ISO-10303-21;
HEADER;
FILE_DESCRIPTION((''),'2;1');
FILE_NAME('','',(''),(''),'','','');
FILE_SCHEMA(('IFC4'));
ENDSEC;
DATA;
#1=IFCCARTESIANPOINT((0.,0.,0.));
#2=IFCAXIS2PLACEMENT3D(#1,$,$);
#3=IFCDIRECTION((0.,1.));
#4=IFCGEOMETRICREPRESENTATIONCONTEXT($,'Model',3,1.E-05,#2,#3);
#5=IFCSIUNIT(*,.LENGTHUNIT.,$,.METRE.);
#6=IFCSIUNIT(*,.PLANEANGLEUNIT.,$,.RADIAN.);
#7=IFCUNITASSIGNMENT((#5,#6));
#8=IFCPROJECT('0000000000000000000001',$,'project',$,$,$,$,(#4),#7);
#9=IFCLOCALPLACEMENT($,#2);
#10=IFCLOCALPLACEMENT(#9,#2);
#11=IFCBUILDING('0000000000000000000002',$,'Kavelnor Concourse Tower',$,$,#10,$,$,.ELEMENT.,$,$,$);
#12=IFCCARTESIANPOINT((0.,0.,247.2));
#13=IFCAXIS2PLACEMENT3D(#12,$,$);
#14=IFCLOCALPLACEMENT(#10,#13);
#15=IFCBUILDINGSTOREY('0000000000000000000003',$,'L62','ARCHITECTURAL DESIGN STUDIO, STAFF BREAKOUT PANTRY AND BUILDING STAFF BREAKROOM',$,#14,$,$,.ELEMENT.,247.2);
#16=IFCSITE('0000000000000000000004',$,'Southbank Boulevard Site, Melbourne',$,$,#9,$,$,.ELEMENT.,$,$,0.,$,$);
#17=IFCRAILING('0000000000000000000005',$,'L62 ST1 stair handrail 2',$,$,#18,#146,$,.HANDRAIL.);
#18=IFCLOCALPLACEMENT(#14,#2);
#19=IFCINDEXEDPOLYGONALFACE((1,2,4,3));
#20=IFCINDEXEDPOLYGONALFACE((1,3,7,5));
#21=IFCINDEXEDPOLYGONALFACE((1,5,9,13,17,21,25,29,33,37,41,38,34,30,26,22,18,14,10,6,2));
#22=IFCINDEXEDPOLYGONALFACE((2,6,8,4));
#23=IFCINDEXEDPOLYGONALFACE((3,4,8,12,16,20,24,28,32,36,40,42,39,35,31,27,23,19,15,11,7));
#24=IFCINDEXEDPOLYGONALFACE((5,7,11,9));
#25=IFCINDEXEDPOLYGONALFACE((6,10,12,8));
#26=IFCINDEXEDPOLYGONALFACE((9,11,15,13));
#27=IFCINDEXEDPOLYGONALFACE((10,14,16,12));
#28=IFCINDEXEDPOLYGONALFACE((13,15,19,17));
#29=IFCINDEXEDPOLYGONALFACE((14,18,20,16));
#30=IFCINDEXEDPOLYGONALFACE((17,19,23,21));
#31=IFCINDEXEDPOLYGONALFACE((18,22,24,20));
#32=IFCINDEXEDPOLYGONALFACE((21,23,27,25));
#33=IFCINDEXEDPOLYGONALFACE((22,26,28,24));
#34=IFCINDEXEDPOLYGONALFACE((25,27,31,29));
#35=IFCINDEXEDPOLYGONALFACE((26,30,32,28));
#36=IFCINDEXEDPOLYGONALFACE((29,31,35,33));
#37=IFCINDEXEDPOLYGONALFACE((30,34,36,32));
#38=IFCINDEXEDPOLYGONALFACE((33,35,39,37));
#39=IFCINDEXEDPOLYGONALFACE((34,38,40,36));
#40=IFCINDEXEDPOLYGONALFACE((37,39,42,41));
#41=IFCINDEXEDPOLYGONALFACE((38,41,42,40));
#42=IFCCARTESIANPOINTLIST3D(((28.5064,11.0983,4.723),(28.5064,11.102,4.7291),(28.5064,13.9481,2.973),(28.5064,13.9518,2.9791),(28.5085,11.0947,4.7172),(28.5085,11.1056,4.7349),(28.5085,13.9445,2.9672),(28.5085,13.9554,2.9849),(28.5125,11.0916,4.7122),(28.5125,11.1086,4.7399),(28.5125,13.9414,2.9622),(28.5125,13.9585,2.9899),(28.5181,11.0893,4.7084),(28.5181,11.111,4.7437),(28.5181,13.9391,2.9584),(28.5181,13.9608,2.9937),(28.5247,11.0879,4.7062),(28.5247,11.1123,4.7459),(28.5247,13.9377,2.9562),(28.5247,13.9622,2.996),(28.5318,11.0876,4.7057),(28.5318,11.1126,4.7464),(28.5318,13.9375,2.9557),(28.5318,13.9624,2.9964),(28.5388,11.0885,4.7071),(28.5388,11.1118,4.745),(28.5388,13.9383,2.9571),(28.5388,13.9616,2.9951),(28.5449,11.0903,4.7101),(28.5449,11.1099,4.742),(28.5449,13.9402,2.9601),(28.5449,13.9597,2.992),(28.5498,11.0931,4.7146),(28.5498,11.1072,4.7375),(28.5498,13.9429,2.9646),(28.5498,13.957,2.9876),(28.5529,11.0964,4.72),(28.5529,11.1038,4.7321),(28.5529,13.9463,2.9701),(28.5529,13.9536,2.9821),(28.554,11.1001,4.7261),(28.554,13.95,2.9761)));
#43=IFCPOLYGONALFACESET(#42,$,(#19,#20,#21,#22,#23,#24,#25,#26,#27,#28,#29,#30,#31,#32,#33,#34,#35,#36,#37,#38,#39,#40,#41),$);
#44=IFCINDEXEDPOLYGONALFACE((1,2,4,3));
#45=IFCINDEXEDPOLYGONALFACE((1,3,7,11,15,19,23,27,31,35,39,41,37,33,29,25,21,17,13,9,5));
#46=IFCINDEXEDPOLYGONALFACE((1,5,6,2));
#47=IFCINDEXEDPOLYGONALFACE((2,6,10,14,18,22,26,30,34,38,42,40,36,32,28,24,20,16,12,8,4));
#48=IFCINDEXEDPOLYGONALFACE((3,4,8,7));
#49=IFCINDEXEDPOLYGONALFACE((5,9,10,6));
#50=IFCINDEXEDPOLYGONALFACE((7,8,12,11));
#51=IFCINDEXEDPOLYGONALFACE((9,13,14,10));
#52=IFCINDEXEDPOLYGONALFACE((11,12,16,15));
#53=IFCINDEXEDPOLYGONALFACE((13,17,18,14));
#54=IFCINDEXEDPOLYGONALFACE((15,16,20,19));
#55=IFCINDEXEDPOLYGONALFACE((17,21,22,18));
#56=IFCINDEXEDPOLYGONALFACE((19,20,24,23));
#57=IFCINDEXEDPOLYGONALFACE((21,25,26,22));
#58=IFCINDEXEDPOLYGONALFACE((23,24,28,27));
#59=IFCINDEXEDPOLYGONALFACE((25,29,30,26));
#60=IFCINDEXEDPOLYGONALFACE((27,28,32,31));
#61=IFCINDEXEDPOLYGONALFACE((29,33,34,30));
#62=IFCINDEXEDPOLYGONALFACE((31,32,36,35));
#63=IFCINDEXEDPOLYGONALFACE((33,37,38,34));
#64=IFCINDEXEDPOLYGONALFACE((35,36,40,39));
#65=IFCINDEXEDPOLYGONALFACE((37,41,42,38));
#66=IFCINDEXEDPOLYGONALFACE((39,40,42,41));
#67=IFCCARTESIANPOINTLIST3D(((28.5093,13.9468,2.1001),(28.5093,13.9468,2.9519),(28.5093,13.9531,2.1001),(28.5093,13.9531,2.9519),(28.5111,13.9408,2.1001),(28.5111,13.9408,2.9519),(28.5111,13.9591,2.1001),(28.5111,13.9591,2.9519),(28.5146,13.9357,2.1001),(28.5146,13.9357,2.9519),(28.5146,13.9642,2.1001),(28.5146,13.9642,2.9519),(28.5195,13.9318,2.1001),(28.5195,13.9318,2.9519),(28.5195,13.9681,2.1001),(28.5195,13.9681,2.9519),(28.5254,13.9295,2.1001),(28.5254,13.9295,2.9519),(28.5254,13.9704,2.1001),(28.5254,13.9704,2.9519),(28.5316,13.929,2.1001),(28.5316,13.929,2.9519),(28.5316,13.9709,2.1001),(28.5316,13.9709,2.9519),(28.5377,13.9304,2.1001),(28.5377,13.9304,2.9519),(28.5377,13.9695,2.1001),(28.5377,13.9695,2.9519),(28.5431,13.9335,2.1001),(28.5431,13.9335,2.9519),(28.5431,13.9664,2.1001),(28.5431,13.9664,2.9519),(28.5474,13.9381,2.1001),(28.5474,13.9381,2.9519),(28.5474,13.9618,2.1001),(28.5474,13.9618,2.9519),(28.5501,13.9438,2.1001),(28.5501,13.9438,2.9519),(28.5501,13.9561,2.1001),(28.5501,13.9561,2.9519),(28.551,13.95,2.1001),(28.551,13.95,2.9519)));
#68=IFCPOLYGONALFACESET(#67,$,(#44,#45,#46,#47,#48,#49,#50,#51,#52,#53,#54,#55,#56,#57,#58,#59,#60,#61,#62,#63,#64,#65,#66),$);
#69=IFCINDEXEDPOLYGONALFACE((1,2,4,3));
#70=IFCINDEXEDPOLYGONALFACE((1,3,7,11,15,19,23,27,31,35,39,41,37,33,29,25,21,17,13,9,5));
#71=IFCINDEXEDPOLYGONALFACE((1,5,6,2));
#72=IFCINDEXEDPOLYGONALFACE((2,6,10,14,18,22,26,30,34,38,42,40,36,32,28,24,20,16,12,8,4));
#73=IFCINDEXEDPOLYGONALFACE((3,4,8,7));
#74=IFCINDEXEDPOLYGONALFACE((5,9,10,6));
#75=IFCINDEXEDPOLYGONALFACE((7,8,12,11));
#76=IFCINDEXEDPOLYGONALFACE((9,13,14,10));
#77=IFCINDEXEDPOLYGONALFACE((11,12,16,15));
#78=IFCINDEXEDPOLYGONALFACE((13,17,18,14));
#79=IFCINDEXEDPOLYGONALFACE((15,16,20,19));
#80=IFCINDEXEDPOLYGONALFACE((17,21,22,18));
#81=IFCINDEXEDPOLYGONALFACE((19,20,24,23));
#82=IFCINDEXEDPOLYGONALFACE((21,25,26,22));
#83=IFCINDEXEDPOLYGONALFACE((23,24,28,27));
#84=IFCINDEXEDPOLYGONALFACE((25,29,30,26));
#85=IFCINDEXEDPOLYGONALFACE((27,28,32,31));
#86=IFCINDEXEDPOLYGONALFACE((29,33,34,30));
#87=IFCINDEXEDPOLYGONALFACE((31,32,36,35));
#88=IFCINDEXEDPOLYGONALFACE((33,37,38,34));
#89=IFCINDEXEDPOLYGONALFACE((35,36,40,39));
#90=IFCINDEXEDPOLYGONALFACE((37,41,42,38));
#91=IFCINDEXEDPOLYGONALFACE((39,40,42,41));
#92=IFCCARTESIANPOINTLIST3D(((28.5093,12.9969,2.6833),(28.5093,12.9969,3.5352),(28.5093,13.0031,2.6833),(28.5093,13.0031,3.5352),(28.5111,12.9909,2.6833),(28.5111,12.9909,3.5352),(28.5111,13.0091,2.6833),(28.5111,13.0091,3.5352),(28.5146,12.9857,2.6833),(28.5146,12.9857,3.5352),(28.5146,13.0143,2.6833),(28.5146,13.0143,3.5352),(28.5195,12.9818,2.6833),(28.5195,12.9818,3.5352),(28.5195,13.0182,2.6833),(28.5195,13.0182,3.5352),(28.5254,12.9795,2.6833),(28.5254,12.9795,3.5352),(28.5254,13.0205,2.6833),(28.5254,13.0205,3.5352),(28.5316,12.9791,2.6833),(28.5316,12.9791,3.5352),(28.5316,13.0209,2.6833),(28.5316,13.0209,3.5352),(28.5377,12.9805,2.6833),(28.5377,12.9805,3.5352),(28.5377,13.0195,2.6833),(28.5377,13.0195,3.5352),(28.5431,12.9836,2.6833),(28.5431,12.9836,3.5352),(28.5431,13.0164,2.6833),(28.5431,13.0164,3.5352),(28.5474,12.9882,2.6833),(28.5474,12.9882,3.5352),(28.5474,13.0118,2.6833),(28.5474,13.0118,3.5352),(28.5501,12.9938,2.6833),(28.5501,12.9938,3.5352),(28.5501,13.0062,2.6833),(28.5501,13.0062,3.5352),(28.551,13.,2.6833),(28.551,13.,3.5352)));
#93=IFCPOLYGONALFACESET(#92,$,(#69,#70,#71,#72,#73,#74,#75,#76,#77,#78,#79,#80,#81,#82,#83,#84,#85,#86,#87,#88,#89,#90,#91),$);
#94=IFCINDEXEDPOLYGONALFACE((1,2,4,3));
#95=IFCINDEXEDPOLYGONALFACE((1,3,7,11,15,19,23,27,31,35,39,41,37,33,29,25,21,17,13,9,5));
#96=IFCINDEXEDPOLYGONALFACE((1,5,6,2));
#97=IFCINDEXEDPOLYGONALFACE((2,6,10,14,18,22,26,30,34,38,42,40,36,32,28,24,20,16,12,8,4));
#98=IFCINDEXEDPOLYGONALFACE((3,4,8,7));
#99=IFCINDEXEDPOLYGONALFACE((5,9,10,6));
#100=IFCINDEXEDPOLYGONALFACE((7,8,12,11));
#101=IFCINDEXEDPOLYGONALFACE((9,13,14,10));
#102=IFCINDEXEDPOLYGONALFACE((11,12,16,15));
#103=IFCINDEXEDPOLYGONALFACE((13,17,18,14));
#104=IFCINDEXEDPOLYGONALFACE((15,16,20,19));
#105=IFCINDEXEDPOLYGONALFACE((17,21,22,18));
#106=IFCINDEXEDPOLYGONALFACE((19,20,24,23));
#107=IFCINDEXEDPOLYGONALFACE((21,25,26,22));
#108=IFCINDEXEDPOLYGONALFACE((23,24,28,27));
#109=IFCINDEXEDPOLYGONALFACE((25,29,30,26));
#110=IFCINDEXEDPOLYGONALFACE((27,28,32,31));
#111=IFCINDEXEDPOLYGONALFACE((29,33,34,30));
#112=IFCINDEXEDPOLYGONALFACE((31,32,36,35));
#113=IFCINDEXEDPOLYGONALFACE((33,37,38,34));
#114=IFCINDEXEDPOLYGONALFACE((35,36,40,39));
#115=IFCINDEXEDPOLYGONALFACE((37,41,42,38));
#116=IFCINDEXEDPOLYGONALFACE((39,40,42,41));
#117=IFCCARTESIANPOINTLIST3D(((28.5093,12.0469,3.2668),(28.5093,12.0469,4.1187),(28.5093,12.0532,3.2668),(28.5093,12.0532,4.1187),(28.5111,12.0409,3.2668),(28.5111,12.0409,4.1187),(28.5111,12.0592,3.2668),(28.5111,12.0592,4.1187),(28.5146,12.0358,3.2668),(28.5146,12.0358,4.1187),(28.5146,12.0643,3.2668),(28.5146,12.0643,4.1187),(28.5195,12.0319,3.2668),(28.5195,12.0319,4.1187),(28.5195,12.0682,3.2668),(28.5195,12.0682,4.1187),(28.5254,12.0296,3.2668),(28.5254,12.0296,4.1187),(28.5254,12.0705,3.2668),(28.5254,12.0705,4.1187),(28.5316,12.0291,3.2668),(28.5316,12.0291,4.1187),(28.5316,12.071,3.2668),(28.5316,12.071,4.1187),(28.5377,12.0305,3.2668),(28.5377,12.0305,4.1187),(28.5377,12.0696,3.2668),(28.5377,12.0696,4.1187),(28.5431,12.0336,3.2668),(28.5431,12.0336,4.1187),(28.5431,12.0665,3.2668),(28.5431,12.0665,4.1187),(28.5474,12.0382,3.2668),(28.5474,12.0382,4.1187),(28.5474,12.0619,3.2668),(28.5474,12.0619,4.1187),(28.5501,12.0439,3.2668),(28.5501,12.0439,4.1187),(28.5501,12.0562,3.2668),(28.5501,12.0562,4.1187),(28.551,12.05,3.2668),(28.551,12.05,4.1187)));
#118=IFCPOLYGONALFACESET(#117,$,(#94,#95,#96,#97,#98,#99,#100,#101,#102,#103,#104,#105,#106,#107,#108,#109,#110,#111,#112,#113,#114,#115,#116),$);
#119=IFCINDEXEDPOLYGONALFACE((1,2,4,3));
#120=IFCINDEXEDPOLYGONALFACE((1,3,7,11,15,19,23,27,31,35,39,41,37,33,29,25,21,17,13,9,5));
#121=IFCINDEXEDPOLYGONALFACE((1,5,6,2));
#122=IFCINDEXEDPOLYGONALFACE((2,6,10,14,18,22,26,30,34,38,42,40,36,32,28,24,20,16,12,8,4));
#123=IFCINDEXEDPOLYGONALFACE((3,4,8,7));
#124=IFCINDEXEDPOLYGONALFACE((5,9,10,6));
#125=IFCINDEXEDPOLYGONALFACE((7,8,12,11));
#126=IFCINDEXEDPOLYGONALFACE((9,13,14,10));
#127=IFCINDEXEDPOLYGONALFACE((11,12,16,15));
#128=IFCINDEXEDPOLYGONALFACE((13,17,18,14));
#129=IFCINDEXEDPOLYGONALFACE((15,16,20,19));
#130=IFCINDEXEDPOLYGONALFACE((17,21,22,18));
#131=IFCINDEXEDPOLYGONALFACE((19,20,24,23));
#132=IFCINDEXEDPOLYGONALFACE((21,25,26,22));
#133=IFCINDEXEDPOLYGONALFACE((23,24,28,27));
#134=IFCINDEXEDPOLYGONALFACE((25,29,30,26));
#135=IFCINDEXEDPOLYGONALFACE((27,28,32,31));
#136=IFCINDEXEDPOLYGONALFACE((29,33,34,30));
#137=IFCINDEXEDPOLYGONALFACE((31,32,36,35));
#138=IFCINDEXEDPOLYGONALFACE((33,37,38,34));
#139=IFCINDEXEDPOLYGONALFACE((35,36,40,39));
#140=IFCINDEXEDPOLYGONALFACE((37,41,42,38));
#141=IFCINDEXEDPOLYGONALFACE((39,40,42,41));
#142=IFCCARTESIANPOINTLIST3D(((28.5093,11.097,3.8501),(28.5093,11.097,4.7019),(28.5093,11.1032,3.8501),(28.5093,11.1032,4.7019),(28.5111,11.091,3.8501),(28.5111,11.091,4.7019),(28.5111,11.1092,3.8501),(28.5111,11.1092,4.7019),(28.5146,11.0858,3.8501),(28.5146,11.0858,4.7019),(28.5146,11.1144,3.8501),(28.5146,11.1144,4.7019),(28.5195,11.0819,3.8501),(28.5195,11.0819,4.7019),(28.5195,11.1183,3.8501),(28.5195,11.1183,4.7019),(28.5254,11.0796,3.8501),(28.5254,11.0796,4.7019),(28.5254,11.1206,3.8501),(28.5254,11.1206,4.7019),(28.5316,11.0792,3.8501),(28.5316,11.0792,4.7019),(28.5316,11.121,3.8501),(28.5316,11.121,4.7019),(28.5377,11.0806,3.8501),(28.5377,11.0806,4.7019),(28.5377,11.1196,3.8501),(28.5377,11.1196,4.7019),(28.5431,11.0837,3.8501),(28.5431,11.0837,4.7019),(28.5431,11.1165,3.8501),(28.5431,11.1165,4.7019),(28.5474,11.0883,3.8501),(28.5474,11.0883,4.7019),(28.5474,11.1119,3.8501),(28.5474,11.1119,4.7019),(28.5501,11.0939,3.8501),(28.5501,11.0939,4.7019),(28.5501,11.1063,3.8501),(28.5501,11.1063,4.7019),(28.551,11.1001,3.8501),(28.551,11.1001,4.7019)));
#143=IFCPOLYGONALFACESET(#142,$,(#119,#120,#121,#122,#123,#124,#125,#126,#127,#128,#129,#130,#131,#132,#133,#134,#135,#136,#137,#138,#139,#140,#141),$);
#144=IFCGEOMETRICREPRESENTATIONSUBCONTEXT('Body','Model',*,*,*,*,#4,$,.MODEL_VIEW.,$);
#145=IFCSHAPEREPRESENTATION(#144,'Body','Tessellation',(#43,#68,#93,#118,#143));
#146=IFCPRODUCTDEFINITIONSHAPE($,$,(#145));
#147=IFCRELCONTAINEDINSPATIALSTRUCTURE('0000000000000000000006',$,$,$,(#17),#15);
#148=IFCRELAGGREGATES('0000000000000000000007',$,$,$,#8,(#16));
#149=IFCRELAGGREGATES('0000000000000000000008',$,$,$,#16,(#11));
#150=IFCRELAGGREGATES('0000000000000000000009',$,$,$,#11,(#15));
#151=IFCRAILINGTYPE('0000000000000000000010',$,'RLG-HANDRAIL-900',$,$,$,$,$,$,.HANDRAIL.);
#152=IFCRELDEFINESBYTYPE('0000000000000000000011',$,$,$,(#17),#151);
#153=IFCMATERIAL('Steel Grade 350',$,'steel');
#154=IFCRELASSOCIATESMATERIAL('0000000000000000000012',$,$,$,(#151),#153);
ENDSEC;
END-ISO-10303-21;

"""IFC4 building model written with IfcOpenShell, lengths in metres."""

from ifc_helpers import new_model, si_unit, direction, frame, origin, origin_2d, place, context, subcontext, project, spatial, circle, extrude, material, type_object, element, save


model = new_model("IFC4")

# Units and contexts
model_context = context("Model", 3, precision=1e-05, world=origin(), true_north=direction((0.0, 1.0)))
body_context = subcontext(model_context, "Body", "Model", "MODEL_VIEW")
ifc_project = project(units=[si_unit("LENGTHUNIT", "METRE"), si_unit("PLANEANGLEUNIT", "RADIAN")], contexts=[model_context])

# Site, building, storey
site_placement = place(None, origin())
site = spatial("IfcSite", under=ifc_project, at=site_placement, Name="Southbank Boulevard Site, Melbourne", CompositionType="ELEMENT", RefElevation=0.0)
building_placement = place(site_placement, origin())
building = spatial("IfcBuilding", under=site, at=building_placement, Name="Kavelnor Concourse Tower", CompositionType="ELEMENT")
storey_placement = place(building_placement, frame((0.0, 0.0, 247.2)))
storey = spatial("IfcBuildingStorey", under=building, at=storey_placement, Name="L62", Description="ARCHITECTURAL DESIGN STUDIO, STAFF BREAKOUT PANTRY AND BUILDING STAFF BREAKROOM", CompositionType="ELEMENT", Elevation=247.2)

# Shared definitions
ifc_material_1 = material(Name="Steel Grade 350", Category="steel")

# Railing
railing_type_1 = type_object("IfcRailingType", Name="RLG-HANDRAIL-900", PredefinedType="HANDRAIL", material=ifc_material_1)
railing_1_placement = place(storey_placement, frame((28.53, 13.95, 2.1001)))
element("IfcRailing", 1, at=railing_1_placement, inside=storey, type_object=railing_type_1, Name="L62 ST1 stair handrail 2", PredefinedType="HANDRAIL", context=body_context, shape_type="SweptSolid", body=[
    extrude(circle(Radius=0.0239, at=origin_2d()), frame((0.0, 0.0, 0.876), z_axis=(0.0, -0.852159, 0.523283), x_axis=(1.0, 0.0, 0.0)), (0.0, 0.0, 1.0), 3.3442),
    extrude(circle(Radius=0.021, at=origin_2d()), origin(), (0.0, 0.0, 1.0), 0.8518),
    extrude(circle(Radius=0.021, at=origin_2d()), frame((0.0, -0.95, 0.5833)), (0.0, 0.0, 1.0), 0.8518),
    extrude(circle(Radius=0.021, at=origin_2d()), frame((0.0, -1.8999, 1.1667)), (0.0, 0.0, 1.0), 0.8518),
    extrude(circle(Radius=0.021, at=origin_2d()), frame((0.0, -2.8499, 1.75)), (0.0, 0.0, 1.0), 0.8518),
])

save(model, "model.ifc")
